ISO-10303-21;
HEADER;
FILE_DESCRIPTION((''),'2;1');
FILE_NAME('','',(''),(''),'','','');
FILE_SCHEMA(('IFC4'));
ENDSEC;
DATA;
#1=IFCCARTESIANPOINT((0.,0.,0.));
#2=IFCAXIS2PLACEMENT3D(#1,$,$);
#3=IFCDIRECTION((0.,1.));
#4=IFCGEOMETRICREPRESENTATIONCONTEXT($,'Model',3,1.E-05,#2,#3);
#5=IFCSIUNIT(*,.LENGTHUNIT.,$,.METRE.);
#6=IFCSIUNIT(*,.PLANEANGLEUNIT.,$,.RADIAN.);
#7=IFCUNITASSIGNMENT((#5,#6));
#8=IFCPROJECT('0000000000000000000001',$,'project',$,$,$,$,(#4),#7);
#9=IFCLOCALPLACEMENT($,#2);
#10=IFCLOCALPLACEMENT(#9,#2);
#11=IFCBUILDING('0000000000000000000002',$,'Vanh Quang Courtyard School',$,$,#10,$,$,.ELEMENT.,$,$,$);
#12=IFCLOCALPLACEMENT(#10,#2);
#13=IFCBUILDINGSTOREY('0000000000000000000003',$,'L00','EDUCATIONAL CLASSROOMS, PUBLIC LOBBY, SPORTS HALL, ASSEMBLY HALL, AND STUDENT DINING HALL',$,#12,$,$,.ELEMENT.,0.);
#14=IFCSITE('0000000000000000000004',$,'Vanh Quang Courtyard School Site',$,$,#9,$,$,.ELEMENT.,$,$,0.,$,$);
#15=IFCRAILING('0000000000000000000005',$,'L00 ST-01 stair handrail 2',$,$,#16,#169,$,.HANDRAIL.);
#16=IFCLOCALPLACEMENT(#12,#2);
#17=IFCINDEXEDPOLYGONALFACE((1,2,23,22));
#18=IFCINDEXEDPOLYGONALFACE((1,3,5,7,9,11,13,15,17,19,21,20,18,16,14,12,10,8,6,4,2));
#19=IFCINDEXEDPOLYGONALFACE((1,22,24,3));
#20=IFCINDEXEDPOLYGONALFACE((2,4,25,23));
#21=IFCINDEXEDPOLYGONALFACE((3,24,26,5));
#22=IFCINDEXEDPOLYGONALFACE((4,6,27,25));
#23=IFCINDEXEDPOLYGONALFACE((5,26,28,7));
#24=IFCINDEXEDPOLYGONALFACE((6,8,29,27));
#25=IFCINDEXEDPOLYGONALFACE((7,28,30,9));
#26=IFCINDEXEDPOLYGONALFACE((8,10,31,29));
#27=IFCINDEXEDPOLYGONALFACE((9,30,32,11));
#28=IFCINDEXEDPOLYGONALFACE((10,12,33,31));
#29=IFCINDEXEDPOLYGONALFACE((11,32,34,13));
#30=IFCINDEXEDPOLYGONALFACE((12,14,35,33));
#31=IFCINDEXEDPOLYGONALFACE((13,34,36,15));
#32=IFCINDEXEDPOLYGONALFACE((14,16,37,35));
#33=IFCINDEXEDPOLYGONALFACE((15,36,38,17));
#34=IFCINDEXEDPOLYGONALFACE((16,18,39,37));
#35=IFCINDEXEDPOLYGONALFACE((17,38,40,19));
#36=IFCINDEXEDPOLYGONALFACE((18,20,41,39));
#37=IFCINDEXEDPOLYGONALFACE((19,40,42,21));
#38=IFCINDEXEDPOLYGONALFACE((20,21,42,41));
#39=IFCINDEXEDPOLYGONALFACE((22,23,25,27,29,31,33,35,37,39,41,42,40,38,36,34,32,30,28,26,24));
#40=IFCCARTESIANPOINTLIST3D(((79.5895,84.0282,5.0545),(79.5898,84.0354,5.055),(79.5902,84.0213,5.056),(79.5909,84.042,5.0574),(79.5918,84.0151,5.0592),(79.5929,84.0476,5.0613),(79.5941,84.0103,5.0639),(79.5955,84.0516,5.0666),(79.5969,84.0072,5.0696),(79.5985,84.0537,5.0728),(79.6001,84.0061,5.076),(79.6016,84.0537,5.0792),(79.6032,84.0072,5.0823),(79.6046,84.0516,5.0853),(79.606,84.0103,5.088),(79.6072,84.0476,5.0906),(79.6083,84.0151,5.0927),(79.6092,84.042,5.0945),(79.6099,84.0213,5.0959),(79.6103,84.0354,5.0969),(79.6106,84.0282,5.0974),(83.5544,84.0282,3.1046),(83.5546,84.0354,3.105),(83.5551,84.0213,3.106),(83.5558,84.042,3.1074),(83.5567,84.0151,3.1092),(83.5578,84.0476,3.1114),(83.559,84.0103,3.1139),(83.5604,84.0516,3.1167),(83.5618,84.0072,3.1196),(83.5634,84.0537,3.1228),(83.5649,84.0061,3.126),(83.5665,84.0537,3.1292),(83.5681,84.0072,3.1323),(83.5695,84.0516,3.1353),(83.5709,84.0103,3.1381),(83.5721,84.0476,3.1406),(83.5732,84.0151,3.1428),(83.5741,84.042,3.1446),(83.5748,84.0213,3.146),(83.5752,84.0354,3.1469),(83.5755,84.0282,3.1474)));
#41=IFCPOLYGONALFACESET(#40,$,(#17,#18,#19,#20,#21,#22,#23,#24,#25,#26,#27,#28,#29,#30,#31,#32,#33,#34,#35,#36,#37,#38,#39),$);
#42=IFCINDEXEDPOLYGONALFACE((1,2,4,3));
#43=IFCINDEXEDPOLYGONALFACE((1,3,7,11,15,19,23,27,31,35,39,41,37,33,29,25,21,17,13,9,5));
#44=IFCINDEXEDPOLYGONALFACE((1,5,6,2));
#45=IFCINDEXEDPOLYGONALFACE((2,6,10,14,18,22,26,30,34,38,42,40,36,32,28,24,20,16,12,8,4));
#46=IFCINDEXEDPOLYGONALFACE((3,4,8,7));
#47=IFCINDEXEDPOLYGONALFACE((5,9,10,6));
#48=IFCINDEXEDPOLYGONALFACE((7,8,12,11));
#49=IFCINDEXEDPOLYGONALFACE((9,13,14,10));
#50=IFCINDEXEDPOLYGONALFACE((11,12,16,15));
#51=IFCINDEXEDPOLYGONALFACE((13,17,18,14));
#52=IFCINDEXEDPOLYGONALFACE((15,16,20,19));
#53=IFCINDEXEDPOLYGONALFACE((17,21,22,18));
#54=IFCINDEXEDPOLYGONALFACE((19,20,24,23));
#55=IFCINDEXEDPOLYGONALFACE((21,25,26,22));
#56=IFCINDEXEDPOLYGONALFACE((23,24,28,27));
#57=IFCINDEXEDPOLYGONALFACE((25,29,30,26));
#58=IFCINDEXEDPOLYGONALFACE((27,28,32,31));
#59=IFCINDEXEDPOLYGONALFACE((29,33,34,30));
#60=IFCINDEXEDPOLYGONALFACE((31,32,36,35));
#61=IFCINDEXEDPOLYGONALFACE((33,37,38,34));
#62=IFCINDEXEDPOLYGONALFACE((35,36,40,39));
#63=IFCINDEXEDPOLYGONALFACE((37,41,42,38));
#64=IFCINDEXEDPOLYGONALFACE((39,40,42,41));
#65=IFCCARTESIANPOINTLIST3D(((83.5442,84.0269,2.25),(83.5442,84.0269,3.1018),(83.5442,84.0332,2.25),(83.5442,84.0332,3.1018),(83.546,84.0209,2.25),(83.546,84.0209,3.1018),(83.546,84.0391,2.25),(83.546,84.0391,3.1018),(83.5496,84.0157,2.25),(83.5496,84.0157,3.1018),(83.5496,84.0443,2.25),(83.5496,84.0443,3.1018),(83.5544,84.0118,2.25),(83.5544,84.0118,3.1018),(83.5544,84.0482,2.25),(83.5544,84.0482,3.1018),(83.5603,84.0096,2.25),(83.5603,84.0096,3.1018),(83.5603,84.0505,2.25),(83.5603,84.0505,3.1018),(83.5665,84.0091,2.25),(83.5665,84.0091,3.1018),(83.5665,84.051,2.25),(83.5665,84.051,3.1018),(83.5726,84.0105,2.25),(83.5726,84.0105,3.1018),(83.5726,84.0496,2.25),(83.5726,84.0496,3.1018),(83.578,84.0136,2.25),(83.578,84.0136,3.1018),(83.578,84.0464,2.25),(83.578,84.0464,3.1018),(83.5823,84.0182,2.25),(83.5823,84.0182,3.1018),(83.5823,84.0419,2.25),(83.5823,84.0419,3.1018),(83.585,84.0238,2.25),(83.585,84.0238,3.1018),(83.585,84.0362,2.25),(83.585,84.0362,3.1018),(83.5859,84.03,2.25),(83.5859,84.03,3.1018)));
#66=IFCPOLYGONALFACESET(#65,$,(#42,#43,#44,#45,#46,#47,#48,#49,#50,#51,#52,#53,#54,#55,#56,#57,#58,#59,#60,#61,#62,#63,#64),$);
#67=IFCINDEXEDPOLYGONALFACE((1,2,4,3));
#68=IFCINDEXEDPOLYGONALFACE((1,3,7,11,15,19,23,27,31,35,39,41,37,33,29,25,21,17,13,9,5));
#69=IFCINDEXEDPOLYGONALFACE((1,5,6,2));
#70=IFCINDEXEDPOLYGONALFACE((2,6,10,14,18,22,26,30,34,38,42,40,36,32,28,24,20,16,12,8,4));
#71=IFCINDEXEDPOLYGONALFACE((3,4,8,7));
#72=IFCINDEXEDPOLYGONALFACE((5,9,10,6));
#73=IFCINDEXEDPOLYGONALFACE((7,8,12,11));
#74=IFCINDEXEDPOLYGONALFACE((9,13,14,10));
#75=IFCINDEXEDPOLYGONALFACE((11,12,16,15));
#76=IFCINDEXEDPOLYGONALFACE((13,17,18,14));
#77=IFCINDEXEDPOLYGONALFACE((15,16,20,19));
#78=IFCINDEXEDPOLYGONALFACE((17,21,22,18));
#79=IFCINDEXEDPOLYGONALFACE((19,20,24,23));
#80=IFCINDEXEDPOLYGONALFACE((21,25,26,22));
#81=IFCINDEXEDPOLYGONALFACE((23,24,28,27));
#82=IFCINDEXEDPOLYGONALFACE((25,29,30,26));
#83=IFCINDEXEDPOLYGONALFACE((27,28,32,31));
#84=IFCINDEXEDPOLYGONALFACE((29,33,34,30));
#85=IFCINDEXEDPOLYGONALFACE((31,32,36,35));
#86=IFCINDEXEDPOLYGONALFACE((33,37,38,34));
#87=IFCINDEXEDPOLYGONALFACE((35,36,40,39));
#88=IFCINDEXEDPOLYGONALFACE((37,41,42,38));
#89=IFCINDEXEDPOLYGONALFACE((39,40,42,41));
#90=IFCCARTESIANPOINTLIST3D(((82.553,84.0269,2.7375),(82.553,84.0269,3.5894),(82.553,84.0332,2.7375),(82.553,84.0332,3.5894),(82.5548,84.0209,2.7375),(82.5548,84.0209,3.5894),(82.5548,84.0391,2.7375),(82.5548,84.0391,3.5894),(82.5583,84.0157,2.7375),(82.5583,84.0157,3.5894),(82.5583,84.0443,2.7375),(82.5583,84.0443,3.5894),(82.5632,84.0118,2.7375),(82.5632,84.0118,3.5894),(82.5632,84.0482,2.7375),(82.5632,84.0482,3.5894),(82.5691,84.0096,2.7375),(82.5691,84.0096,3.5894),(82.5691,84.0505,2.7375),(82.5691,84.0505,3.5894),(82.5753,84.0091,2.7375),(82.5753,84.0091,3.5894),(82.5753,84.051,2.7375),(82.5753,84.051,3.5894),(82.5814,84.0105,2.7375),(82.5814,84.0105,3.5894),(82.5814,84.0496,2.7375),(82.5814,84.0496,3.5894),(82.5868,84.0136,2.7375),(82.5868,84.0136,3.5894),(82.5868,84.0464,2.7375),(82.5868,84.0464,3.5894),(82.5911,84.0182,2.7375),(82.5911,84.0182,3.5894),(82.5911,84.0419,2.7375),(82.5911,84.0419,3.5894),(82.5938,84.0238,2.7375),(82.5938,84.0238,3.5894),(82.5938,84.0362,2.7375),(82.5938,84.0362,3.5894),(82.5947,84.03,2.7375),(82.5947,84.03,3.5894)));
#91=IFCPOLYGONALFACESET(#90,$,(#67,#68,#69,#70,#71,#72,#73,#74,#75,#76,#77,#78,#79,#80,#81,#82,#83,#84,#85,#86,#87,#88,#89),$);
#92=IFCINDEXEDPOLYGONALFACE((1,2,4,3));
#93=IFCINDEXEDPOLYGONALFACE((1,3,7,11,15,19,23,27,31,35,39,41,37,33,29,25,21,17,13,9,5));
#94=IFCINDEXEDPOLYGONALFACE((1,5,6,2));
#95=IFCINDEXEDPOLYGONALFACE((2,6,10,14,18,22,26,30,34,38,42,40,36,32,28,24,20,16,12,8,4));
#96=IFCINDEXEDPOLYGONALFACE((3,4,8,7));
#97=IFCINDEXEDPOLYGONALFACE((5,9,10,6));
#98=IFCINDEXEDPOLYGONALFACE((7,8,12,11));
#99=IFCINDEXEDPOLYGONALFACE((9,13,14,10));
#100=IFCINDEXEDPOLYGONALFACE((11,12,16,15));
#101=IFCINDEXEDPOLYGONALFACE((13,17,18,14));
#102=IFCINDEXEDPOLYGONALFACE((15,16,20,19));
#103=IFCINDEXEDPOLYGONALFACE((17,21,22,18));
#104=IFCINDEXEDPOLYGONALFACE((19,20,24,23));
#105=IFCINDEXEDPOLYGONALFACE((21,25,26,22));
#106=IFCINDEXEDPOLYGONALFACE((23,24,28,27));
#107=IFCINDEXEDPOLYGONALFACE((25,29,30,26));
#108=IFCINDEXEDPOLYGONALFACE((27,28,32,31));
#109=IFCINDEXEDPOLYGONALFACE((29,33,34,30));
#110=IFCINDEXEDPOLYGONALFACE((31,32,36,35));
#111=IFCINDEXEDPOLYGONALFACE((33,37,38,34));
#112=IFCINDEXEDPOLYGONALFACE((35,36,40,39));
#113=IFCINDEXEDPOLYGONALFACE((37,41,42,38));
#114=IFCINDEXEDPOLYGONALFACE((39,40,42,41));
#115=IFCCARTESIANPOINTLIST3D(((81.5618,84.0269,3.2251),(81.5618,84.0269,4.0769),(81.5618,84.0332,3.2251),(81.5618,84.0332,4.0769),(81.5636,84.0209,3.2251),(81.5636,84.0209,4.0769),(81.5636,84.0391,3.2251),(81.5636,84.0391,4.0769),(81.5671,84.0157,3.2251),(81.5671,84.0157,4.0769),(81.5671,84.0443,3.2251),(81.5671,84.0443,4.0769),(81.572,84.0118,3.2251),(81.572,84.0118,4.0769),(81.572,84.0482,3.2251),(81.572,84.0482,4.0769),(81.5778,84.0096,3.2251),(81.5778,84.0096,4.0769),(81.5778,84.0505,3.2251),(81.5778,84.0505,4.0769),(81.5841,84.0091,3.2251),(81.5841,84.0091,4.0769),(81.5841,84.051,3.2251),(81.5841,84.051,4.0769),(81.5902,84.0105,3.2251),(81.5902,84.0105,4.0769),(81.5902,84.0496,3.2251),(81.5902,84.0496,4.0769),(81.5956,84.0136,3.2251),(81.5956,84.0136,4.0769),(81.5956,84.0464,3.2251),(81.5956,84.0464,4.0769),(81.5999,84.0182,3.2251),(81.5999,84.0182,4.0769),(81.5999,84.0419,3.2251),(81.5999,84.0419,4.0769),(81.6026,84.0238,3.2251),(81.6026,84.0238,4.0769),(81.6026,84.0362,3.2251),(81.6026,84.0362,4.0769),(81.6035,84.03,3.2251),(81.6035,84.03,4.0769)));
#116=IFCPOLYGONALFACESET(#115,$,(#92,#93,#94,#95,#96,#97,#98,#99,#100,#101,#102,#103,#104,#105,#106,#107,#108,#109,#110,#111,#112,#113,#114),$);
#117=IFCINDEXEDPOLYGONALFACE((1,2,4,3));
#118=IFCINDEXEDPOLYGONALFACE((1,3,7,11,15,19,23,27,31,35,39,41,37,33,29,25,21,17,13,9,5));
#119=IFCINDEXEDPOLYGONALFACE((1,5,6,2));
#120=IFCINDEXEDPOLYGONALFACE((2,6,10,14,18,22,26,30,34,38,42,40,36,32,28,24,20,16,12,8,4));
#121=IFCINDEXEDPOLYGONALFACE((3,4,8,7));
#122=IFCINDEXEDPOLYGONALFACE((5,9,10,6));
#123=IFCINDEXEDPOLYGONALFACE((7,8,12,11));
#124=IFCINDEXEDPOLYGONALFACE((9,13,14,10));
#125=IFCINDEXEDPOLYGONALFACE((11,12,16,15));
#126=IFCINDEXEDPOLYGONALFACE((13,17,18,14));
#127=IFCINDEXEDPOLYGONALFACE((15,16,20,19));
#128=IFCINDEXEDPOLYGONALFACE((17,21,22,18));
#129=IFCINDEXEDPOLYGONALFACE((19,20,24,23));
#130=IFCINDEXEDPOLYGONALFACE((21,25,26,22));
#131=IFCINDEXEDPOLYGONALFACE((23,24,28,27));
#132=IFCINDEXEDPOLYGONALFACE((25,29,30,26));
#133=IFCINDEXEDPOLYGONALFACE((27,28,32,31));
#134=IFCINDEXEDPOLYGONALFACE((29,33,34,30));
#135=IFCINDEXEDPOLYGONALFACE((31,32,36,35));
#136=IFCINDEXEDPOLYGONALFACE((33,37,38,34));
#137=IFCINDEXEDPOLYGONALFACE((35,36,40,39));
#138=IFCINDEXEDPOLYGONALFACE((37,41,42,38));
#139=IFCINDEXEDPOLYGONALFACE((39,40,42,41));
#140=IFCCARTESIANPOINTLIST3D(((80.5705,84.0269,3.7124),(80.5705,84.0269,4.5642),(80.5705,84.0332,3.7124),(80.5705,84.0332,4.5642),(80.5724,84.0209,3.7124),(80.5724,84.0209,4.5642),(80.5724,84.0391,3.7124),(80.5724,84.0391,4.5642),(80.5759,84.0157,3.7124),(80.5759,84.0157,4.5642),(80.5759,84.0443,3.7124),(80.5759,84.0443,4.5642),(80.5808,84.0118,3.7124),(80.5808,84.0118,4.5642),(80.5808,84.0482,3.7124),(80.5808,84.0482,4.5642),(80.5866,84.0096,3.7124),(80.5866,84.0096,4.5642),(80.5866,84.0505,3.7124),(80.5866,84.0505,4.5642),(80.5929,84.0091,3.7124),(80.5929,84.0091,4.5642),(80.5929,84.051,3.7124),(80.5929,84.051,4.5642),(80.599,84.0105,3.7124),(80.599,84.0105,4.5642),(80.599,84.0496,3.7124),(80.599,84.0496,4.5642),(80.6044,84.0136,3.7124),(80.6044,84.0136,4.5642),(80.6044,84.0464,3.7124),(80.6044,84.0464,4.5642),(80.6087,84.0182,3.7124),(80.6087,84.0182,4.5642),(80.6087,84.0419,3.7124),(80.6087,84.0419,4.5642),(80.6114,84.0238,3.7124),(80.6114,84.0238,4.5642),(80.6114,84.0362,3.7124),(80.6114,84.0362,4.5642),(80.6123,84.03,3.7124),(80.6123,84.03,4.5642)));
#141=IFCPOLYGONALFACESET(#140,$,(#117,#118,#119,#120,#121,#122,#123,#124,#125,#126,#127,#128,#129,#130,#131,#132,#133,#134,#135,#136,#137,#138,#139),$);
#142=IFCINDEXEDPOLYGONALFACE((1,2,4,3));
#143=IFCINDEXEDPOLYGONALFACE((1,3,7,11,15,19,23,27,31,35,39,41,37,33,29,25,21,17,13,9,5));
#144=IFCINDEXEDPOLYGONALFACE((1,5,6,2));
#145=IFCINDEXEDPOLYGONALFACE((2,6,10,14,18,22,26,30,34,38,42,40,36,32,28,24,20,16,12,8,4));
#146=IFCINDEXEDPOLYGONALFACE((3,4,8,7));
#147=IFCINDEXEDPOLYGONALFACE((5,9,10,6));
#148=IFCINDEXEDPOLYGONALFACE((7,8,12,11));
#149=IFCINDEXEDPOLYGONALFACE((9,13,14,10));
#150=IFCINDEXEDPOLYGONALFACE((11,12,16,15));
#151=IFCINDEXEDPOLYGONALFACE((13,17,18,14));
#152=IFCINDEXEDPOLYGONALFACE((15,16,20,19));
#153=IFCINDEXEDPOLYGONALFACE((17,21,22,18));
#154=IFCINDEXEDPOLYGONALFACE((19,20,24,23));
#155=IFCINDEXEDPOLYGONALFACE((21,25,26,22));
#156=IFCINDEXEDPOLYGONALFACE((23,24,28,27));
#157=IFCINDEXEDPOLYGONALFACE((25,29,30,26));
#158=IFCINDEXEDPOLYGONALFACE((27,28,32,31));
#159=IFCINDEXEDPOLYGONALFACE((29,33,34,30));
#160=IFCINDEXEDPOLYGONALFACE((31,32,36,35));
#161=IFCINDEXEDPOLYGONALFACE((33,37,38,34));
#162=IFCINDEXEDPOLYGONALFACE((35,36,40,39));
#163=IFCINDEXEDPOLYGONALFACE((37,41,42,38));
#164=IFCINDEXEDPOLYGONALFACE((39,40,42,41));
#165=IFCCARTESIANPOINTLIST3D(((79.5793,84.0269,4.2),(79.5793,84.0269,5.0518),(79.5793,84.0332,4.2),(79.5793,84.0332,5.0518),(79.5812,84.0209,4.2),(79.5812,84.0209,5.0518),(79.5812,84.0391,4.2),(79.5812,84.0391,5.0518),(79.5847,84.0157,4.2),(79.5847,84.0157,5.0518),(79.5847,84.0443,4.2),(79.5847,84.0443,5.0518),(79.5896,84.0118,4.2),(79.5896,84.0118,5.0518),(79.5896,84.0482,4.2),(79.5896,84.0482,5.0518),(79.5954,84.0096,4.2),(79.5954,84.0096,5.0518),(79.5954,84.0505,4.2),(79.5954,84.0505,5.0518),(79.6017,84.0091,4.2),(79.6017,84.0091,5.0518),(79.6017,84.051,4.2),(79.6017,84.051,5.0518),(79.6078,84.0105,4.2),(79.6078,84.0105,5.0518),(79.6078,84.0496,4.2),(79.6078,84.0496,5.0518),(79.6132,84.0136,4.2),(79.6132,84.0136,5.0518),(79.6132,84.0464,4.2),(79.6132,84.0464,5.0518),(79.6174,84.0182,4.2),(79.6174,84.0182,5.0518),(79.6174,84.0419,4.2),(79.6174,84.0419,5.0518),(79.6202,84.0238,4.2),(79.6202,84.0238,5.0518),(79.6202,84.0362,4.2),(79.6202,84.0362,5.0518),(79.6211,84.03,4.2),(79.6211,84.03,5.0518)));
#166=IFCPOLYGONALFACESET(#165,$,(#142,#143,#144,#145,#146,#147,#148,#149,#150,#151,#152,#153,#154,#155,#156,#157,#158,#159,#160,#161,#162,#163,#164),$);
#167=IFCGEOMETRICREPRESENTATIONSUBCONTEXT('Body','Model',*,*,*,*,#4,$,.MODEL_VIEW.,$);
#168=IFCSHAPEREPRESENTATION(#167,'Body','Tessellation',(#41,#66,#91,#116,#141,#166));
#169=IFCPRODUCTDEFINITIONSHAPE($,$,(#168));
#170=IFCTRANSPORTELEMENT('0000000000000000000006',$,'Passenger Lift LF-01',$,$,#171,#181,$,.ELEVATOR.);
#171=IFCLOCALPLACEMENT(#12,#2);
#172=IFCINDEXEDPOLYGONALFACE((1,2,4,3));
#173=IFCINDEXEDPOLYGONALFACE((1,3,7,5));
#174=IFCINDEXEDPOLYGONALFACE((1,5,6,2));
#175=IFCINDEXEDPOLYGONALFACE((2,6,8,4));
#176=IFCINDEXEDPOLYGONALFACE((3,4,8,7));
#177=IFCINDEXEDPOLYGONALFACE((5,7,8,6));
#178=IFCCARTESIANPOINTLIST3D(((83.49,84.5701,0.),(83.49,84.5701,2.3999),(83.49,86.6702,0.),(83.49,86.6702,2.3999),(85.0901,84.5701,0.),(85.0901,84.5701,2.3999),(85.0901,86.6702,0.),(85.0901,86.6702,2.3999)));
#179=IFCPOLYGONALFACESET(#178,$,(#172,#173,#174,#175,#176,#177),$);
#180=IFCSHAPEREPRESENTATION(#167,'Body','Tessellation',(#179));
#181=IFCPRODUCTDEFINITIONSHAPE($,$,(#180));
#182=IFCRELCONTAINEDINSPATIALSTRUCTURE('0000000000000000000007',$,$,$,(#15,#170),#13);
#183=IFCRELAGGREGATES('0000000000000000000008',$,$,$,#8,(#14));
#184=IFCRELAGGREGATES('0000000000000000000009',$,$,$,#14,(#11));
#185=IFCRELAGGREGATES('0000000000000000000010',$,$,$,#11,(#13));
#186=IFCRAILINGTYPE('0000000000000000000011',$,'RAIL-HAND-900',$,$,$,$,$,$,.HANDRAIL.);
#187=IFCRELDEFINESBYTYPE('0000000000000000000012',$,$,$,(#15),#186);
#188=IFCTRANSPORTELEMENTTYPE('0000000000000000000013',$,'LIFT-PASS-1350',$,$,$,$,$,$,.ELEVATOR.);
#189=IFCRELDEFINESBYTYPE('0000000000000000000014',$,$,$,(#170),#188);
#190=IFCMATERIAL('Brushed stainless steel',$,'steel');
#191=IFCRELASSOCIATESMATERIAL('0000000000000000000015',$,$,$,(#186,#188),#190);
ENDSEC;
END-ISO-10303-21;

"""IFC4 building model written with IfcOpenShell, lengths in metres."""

from ifc_helpers import new_model, si_unit, direction, frame, origin, origin_2d, place, context, subcontext, project, spatial, rectangle, circle, extrude, material, type_object, element, save


model = new_model("IFC4")

# Units and contexts
model_context = context("Model", 3, precision=1e-05, world=origin(), true_north=direction((0.0, 1.0)))
body_context = subcontext(model_context, "Body", "Model", "MODEL_VIEW")
ifc_project = project(units=[si_unit("LENGTHUNIT", "METRE"), si_unit("PLANEANGLEUNIT", "RADIAN")], contexts=[model_context])

# Site, building, storey
site_placement = place(None, origin())
site = spatial("IfcSite", under=ifc_project, at=site_placement, Name="Vanh Quang Courtyard School Site", CompositionType="ELEMENT", RefElevation=0.0)
building_placement = place(site_placement, origin())
building = spatial("IfcBuilding", under=site, at=building_placement, Name="Vanh Quang Courtyard School", CompositionType="ELEMENT")
storey_placement = place(building_placement, origin())
storey = spatial("IfcBuildingStorey", under=building, at=storey_placement, Name="L00", Description="EDUCATIONAL CLASSROOMS, PUBLIC LOBBY, SPORTS HALL, ASSEMBLY HALL, AND STUDENT DINING HALL", CompositionType="ELEMENT", Elevation=0.0)

# Railing
ifc_material_1 = material(Name="Brushed stainless steel", Category="steel")
railing_type_1 = type_object("IfcRailingType", Name="RAIL-HAND-900", PredefinedType="HANDRAIL", material=ifc_material_1)
railing_1_placement = place(storey_placement, frame((83.5649, 84.03, 2.25)))
element("IfcRailing", 1, at=railing_1_placement, inside=storey, type_object=railing_type_1, Name="L00 ST-01 stair handrail 2", PredefinedType="HANDRAIL", context=body_context, shape_type="SweptSolid", body=[
    extrude(circle(Radius=0.0239, at=origin_2d()), frame((0.0, 0.0, 0.876), z_axis=(-0.897347, 0.0, 0.441325), x_axis=(0.0, -1.0, 0.0)), (0.0, 0.0, 1.0), 4.4185),
    extrude(circle(Radius=0.021, at=origin_2d()), origin(), (0.0, 0.0, 1.0), 0.8518),
    extrude(circle(Radius=0.021, at=origin_2d()), frame((-0.9912, 0.0, 0.4875)), (0.0, 0.0, 1.0), 0.8518),
    extrude(circle(Radius=0.021, at=origin_2d()), frame((-1.9824, 0.0, 0.9751)), (0.0, 0.0, 1.0), 0.8518),
    extrude(circle(Radius=0.021, at=origin_2d()), frame((-2.9736, 0.0, 1.4624)), (0.0, 0.0, 1.0), 0.8518),
    extrude(circle(Radius=0.021, at=origin_2d()), frame((-3.9648, 0.0, 1.95)), (0.0, 0.0, 1.0), 0.8518),
])

# Transport element
transport_element_type = type_object("IfcTransportElementType", Name="LIFT-PASS-1350", PredefinedType="ELEVATOR", material=ifc_material_1)
transport_element_placement = place(storey_placement, frame((84.29, 85.6201, 0.0), z_axis=(0.0, 0.0, 1.0), x_axis=(1.0, 0.0, 0.0)))
element("IfcTransportElement", 2, at=transport_element_placement, inside=storey, type_object=transport_element_type, Name="Passenger Lift LF-01", PredefinedType="ELEVATOR", context=body_context, shape_type="SweptSolid", body=[
    extrude(rectangle(XDim=1.6001, YDim=2.1001, at=origin_2d()), origin(), (0.0, 0.0, 1.0), 2.3999),
])

save(model, "model.ifc")
